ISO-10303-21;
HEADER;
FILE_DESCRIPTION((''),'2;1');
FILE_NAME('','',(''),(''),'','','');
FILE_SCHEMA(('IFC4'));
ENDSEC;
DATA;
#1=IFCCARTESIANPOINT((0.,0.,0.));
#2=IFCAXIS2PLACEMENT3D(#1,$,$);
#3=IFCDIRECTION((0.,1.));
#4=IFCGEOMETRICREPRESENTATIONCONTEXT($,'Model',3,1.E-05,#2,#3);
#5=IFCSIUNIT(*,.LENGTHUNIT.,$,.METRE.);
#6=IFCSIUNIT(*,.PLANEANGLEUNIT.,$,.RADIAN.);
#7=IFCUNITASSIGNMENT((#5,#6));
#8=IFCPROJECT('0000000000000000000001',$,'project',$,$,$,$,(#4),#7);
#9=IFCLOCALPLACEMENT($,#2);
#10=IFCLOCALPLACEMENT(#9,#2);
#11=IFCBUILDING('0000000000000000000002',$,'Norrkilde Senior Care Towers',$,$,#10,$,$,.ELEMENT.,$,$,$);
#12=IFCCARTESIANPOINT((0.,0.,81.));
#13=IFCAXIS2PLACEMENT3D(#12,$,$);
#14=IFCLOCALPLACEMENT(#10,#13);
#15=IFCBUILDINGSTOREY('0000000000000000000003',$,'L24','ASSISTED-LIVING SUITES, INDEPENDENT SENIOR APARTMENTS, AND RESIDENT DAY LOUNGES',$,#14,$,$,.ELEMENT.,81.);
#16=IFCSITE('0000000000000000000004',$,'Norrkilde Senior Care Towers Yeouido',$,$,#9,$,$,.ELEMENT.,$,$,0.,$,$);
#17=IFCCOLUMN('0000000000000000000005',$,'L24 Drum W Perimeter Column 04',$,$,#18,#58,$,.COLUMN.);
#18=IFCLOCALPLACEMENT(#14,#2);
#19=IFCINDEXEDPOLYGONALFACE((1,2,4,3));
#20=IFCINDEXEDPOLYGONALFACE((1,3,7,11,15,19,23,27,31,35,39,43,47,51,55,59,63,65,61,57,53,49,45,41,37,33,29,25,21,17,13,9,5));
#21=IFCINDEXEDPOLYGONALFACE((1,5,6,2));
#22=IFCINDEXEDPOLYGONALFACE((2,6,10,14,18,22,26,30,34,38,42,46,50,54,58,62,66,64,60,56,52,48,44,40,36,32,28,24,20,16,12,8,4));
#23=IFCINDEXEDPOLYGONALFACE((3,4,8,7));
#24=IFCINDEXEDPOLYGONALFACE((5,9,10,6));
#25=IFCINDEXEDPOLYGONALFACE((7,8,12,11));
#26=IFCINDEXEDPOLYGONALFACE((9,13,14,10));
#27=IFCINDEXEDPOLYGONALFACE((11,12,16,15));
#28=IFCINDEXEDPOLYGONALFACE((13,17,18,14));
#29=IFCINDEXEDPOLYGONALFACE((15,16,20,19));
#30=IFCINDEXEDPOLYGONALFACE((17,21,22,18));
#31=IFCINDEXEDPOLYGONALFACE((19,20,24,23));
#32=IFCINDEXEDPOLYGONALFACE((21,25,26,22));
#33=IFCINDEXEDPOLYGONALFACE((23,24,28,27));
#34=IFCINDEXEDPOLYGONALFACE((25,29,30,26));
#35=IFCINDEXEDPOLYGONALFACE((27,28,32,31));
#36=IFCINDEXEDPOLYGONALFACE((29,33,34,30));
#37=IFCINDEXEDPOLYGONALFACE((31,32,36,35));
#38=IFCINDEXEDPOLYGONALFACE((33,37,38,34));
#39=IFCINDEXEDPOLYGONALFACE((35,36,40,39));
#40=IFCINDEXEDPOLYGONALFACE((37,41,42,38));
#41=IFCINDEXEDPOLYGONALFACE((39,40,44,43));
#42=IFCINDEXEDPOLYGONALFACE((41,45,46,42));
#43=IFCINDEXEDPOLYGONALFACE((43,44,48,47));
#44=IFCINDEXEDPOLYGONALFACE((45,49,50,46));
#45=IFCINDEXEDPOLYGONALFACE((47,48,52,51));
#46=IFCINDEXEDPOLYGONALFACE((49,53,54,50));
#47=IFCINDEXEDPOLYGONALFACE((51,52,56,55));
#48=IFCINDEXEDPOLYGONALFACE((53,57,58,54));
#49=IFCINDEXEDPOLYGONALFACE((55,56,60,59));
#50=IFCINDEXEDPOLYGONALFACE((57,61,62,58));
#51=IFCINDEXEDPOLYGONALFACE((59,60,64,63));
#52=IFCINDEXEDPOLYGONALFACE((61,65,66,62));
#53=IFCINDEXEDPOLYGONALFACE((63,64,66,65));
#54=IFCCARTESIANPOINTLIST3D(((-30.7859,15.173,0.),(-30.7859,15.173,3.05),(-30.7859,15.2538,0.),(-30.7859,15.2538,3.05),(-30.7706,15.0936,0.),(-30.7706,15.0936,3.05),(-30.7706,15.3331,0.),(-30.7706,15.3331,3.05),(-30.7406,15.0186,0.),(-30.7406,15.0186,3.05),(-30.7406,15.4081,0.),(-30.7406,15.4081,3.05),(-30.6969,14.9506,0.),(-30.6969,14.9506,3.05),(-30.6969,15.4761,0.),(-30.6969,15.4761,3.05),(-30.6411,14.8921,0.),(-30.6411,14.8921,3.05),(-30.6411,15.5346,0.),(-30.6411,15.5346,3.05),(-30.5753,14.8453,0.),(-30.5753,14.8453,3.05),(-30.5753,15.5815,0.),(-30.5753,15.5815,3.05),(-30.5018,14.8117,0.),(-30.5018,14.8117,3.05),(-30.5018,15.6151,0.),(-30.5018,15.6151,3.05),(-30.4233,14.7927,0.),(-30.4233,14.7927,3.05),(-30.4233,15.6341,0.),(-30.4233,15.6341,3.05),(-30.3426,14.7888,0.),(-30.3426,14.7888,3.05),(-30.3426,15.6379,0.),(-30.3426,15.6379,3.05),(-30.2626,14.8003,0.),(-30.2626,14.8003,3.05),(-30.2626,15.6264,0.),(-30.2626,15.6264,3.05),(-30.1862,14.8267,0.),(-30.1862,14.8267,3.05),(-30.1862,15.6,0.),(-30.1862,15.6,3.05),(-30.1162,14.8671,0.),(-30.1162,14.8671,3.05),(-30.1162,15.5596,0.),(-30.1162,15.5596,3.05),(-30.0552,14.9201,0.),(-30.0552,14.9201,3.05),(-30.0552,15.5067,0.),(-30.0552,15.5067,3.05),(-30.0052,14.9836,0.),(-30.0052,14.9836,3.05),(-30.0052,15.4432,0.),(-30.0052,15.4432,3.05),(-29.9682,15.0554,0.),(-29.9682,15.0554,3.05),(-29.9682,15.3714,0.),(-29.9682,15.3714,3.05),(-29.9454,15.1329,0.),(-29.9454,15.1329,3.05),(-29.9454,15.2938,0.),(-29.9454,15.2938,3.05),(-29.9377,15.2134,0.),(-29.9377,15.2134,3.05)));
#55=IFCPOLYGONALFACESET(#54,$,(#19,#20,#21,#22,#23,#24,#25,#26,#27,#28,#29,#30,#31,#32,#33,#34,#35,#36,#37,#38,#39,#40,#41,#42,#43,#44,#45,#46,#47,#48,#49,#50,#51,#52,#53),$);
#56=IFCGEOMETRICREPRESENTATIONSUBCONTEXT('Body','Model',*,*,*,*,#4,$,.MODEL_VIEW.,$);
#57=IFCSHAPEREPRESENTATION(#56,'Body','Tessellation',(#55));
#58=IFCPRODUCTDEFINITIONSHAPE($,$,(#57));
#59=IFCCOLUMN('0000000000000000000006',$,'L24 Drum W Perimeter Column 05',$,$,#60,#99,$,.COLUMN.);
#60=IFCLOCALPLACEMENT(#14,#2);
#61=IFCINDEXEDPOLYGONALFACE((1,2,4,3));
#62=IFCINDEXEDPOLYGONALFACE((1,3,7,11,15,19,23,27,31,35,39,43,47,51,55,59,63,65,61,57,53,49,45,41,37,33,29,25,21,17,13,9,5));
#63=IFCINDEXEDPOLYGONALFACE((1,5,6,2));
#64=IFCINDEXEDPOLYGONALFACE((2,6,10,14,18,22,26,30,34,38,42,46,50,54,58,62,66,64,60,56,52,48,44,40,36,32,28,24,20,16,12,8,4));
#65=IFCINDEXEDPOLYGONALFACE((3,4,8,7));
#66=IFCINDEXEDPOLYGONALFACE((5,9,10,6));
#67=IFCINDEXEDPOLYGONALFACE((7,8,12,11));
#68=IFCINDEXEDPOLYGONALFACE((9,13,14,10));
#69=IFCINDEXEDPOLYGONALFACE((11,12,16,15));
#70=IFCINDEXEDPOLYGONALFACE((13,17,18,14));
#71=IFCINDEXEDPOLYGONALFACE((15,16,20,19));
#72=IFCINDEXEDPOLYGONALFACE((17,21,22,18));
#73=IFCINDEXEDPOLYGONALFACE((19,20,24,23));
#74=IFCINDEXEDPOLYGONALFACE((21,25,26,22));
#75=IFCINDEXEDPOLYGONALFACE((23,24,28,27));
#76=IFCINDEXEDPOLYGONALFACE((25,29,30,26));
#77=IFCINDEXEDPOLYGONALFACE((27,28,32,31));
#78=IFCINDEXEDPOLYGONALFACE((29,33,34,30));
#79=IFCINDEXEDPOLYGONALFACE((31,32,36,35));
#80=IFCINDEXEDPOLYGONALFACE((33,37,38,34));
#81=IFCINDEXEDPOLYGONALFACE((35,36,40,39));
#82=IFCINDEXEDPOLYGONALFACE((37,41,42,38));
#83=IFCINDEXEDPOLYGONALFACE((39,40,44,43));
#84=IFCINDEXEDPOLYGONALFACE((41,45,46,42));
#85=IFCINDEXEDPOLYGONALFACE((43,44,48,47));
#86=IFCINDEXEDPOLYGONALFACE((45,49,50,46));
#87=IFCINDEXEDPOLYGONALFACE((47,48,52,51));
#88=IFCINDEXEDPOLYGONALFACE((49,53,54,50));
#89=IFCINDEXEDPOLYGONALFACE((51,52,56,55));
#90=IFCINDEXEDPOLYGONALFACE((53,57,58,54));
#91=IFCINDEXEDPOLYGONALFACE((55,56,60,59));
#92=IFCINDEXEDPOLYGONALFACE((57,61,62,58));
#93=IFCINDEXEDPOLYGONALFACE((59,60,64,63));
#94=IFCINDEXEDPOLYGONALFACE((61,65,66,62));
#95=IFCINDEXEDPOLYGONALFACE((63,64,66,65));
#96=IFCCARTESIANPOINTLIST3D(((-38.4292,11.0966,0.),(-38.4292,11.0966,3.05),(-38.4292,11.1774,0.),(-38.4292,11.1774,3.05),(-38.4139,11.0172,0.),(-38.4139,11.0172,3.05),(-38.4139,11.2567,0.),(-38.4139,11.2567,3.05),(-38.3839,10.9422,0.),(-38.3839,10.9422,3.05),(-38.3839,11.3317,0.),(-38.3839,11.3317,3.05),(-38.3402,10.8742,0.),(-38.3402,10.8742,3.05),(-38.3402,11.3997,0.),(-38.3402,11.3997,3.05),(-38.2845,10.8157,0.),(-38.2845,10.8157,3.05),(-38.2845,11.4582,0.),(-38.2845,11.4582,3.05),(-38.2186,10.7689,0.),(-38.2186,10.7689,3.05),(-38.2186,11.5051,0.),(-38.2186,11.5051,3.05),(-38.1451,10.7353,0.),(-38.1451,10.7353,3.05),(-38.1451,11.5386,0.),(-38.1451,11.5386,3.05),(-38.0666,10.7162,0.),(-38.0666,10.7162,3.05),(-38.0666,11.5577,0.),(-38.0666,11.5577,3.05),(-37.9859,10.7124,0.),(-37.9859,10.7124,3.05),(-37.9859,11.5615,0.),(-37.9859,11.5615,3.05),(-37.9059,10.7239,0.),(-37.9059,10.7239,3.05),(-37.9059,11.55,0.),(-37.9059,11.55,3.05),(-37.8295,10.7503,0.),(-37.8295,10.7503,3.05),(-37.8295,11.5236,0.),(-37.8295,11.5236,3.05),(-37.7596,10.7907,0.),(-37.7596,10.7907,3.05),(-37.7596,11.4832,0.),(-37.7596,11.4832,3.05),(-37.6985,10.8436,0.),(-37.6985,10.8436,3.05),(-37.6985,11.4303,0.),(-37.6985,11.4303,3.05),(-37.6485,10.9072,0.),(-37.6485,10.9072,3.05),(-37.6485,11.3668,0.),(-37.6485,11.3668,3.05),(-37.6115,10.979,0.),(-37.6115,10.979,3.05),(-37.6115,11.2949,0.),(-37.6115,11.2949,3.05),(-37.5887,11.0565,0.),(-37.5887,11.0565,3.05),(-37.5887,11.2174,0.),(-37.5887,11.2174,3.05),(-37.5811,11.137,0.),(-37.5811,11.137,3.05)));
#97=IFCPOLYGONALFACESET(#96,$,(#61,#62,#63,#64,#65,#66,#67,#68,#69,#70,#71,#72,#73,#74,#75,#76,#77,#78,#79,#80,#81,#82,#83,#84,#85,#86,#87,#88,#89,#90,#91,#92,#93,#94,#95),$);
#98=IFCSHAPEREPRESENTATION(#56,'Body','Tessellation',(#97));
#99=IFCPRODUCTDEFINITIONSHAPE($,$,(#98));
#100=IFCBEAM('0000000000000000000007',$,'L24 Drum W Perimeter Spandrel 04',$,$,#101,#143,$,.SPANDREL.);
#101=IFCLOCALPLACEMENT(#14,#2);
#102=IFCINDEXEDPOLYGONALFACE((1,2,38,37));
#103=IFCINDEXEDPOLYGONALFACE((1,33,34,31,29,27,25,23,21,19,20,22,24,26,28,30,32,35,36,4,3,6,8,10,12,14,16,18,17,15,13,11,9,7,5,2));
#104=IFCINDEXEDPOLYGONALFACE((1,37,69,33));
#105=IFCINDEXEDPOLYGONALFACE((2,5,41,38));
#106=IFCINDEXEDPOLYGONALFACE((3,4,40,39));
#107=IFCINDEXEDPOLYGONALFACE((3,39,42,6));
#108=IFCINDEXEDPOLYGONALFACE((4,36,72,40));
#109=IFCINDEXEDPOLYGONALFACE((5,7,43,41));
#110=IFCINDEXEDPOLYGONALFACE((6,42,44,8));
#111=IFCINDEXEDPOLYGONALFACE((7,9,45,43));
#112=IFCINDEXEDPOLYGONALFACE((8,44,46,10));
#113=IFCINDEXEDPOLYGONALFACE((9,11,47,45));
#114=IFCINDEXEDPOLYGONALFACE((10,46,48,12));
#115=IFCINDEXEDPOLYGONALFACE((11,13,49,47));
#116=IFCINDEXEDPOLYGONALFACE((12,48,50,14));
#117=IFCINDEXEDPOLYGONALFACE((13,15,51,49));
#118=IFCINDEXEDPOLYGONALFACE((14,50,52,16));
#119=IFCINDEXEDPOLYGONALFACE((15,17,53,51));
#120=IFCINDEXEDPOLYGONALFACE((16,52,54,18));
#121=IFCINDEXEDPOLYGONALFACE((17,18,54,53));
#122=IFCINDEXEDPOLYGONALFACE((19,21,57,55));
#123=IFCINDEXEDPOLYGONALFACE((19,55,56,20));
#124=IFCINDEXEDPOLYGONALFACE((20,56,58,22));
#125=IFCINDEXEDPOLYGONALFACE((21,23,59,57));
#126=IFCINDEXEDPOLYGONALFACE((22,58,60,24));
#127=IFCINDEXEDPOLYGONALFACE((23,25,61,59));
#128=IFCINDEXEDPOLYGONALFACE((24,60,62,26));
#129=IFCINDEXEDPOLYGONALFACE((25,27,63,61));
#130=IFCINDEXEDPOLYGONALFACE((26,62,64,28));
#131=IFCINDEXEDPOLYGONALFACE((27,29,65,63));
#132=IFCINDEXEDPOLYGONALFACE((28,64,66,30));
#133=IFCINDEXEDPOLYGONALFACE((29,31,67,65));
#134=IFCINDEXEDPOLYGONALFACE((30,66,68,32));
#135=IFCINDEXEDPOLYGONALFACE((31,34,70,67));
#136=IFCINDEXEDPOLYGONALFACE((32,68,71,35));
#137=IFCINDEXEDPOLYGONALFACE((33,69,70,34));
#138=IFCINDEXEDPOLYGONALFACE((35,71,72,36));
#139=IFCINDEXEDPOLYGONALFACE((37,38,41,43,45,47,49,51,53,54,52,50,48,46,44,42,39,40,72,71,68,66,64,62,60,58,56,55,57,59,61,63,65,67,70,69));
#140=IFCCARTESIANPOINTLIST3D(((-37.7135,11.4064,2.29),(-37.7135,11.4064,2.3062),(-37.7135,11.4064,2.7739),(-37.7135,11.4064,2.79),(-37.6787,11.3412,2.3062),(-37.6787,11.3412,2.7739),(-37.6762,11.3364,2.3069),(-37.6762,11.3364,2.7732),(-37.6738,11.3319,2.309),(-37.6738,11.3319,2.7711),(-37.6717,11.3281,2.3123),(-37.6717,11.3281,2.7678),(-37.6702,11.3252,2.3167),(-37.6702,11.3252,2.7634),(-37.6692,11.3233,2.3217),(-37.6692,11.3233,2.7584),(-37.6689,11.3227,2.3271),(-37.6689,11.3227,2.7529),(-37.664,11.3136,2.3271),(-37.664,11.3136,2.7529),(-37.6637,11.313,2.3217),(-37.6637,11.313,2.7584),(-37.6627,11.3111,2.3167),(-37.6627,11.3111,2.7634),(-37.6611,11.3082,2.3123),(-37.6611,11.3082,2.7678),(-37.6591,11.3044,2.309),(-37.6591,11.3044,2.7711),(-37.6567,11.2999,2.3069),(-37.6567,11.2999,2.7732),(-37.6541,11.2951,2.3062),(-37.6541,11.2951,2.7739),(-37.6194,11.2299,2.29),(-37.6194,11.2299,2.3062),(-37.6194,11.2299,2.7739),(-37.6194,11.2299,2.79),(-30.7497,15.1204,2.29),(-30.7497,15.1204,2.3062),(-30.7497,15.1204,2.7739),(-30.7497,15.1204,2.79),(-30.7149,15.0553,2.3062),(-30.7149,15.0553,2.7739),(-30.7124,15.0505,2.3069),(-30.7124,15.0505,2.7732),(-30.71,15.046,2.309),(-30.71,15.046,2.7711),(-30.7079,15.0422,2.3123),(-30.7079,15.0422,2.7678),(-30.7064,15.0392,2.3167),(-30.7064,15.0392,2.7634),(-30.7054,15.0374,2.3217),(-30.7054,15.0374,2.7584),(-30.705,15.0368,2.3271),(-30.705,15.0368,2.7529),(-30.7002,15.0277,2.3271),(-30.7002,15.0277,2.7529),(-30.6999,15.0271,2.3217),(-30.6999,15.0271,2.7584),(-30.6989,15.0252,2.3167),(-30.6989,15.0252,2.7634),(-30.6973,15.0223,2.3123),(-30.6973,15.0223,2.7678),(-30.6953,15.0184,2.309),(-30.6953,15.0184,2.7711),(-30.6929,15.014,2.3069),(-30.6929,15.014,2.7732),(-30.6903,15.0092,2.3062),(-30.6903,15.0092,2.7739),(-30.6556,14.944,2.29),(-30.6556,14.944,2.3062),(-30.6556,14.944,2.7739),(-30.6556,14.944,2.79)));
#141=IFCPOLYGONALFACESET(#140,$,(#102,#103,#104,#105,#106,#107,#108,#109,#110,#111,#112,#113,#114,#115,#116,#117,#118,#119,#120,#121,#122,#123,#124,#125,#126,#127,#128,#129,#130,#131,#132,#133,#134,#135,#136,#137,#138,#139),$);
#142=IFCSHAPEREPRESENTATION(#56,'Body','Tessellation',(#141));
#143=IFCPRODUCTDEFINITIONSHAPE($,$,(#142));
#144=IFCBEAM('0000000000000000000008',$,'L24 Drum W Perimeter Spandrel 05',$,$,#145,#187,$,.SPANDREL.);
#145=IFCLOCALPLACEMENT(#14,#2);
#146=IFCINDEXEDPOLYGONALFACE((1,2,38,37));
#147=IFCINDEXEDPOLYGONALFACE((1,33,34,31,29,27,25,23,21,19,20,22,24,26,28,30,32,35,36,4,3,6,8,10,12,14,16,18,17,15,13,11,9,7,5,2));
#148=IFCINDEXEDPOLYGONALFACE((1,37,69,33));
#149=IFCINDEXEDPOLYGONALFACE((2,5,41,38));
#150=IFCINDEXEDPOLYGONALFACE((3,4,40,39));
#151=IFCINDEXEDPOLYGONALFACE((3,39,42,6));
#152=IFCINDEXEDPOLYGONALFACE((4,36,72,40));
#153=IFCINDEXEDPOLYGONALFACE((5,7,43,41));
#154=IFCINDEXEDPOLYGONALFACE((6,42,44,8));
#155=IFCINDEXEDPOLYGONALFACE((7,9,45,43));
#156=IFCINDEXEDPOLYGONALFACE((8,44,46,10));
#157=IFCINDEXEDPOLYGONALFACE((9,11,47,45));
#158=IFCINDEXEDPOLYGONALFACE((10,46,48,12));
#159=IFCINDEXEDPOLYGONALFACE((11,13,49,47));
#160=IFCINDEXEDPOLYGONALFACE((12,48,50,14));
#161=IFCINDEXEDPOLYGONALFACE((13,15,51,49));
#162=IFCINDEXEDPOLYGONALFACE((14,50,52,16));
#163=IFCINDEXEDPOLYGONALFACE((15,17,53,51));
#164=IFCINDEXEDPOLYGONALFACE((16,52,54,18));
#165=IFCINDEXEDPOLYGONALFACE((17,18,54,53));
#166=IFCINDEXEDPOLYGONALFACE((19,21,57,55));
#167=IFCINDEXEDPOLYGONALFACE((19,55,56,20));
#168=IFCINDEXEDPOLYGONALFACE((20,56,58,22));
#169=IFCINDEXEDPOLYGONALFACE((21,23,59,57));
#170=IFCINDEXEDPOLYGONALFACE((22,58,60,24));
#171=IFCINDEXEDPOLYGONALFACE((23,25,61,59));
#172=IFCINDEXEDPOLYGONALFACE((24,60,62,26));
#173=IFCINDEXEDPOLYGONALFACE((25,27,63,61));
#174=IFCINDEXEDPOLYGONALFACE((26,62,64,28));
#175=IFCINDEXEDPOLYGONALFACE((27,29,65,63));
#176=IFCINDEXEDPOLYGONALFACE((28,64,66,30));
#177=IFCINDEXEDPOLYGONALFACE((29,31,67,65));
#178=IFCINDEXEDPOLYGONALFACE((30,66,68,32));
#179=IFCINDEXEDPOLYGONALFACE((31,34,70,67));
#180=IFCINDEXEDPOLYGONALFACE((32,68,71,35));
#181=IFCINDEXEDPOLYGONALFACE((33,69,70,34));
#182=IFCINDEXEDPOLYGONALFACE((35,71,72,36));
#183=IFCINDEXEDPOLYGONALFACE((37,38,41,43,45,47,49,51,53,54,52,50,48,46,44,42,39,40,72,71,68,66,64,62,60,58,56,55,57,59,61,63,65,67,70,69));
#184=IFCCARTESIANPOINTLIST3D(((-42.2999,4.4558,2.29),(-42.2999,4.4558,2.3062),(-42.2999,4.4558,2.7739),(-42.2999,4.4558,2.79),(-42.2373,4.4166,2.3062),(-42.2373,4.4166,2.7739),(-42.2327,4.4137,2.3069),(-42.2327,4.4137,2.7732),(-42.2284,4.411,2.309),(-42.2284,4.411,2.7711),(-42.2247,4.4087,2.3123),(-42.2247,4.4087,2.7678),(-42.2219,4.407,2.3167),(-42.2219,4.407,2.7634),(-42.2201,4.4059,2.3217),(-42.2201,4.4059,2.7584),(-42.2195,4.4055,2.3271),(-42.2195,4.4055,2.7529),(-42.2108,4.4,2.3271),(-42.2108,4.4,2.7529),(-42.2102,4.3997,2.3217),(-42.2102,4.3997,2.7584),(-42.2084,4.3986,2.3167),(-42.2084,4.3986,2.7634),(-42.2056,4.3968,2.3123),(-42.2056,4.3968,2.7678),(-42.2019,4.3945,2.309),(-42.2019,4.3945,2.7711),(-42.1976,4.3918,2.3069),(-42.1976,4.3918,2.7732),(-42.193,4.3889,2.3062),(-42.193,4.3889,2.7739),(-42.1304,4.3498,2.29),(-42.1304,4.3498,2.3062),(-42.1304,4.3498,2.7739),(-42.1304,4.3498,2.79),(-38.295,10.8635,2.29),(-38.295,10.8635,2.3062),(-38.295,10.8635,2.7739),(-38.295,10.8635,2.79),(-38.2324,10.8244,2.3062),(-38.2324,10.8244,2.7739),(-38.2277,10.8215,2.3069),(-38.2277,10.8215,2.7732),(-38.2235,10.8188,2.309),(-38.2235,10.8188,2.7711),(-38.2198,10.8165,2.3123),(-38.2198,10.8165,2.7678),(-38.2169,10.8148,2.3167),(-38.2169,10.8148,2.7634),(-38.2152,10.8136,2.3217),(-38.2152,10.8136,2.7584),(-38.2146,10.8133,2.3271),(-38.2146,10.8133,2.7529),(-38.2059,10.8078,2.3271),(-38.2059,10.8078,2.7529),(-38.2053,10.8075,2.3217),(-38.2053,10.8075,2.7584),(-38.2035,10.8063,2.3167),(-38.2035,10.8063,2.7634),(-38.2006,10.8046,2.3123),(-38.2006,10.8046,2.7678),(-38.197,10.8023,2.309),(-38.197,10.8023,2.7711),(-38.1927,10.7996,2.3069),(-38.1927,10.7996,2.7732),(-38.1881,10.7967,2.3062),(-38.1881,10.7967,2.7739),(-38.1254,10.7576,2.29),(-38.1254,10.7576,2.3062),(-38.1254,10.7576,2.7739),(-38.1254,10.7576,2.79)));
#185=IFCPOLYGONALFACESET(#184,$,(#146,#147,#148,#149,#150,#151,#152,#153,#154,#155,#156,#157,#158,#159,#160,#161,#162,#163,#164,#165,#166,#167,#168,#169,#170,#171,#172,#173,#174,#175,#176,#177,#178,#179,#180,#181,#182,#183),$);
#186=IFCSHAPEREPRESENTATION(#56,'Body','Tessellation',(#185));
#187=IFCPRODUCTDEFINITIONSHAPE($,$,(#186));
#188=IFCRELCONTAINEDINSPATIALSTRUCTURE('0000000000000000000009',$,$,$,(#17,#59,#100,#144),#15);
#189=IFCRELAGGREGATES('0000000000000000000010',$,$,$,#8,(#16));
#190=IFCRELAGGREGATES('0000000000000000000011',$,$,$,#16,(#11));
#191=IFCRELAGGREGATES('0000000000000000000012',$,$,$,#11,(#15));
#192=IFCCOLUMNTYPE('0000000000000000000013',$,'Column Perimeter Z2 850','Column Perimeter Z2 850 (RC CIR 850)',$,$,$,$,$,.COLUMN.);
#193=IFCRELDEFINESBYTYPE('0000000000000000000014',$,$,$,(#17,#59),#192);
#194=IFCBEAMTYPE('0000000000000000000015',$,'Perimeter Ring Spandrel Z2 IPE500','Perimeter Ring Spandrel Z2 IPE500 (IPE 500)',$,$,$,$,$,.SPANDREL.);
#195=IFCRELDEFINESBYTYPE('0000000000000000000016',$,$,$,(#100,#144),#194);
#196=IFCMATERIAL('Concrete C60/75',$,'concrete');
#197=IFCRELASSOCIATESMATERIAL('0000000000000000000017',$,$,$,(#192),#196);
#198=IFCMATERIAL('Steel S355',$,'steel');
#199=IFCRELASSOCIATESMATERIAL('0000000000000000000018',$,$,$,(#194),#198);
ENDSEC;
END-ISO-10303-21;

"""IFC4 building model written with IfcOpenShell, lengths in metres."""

from ifc_helpers import new_model, si_unit, direction, frame, origin, origin_2d, place, context, subcontext, project, spatial, circle, i_section, extrude, source, transform, mapped, material, material_profile, profile_set, type_object, type_shapes, element, save


model = new_model("IFC4")

# Units and contexts
model_context = context("Model", 3, precision=1e-05, world=origin(), true_north=direction((0.0, 1.0)))
body_context = subcontext(model_context, "Body", "Model", "MODEL_VIEW")
ifc_project = project(units=[si_unit("LENGTHUNIT", "METRE"), si_unit("PLANEANGLEUNIT", "RADIAN")], contexts=[model_context])

# Site, building, storey
site_placement = place(None, origin())
site = spatial("IfcSite", under=ifc_project, at=site_placement, Name="Norrkilde Senior Care Towers Yeouido", CompositionType="ELEMENT", RefElevation=0.0)
building_placement = place(site_placement, origin())
building = spatial("IfcBuilding", under=site, at=building_placement, Name="Norrkilde Senior Care Towers", CompositionType="ELEMENT")
storey_placement = place(building_placement, frame((0.0, 0.0, 81.0)))
storey = spatial("IfcBuildingStorey", under=building, at=storey_placement, Name="L24", Description="ASSISTED-LIVING SUITES, INDEPENDENT SENIOR APARTMENTS, AND RESIDENT DAY LOUNGES", CompositionType="ELEMENT", Elevation=81.0)

# Columns
ifc_material_1 = material(Name="Concrete C60/75", Category="concrete")
ifc_material_profile_1 = material_profile(ifc_material_1, circle(Radius=0.425, at=origin_2d()), Name="RC CIR 850")
ifc_profile_set_1 = profile_set([ifc_material_profile_1], Name="Concrete C60/75")
column_type = type_object("IfcColumnType", Name="Column Perimeter Z2 850", Description="Column Perimeter Z2 850 (RC CIR 850)", PredefinedType="COLUMN", material=ifc_profile_set_1)
shared_shape_1 = source(origin(), body_context, "Body", "SweptSolid", [
    extrude(circle(Radius=0.425, at=origin_2d()), origin(), (0.0, 0.0, 1.0), 3.05),
])
type_shapes(column_type, [shared_shape_1])
for number, where, z_axis, x_axis, name in (
    (1, (-30.3628, 15.2134, 0.0), (0.0, 0.0, 1.0), (1.0, 0.0, 0.0), "L24 Drum W Perimeter Column 04"),
    (2, (-38.0061, 11.137, 0.0), (0.0, 0.0, 1.0), (1.0, 0.0, 0.0), "L24 Drum W Perimeter Column 05"),
):
    element("IfcColumn", number, at=place(storey_placement, frame(where, z_axis=z_axis, x_axis=x_axis)), inside=storey, type_object=column_type, Name=name, PredefinedType="COLUMN", context=body_context, shape_type="MappedRepresentation", body=[
        mapped(shared_shape_1, transform((0.0, 0.0, 0.0), x_axis=(1.0, 0.0, 0.0), y_axis=(0.0, 1.0, 0.0), z_axis=(0.0, 0.0, 1.0), scale=1.0)),
    ])

# Beams
ifc_material_2 = material(Name="Steel S355", Category="steel")
ifc_material_profile_2 = material_profile(ifc_material_2, i_section(OverallWidth=0.2, OverallDepth=0.5, WebThickness=0.0103, FlangeThickness=0.0161, FilletRadius=0.021, at=origin_2d()), Name="IPE 500")
ifc_profile_set_2 = profile_set([ifc_material_profile_2], Name="Steel S355")
beam_type_1 = type_object("IfcBeamType", Name="Perimeter Ring Spandrel Z2 IPE500", Description="Perimeter Ring Spandrel Z2 IPE500 (IPE 500)", PredefinedType="SPANDREL", material=ifc_profile_set_2)
shared_shape_2 = source(origin(), body_context, "Body", "SweptSolid", [
    extrude(i_section(OverallWidth=0.2, OverallDepth=0.5, WebThickness=0.0103, FlangeThickness=0.0161, FilletRadius=0.021, at=origin_2d()), origin(), (0.0, 0.0, 1.0), 7.8923),
])
beam_1_placement = place(storey_placement, frame((-30.7026, 15.0322, 2.54), z_axis=(-0.88235, -0.470593, 0.0), x_axis=(0.470593, -0.88235, 0.0)))
element("IfcBeam", 3, at=beam_1_placement, inside=storey, type_object=beam_type_1, Name="L24 Drum W Perimeter Spandrel 04", PredefinedType="SPANDREL", context=body_context, shape_type="MappedRepresentation", body=[
    mapped(shared_shape_2, transform((0.0, 0.0, 0.0), x_axis=(1.0, 0.0, 0.0), y_axis=(0.0, 1.0, 0.0), z_axis=(0.0, 0.0, 1.0), scale=1.0)),
])
shared_shape_3 = source(origin(), body_context, "Body", "SweptSolid", [
    extrude(i_section(OverallWidth=0.2, OverallDepth=0.5, WebThickness=0.0103, FlangeThickness=0.0161, FilletRadius=0.021, at=origin_2d()), origin(), (0.0, 0.0, 1.0), 7.5564),
])
type_shapes(beam_type_1, [shared_shape_2, shared_shape_3])
beam_2_placement = place(storey_placement, frame((-38.2102, 10.8105, 2.54), z_axis=(-0.530005, -0.847995, 0.0), x_axis=(0.847995, -0.530005, 0.0)))
element("IfcBeam", 4, at=beam_2_placement, inside=storey, type_object=beam_type_1, Name="L24 Drum W Perimeter Spandrel 05", PredefinedType="SPANDREL", context=body_context, shape_type="MappedRepresentation", body=[
    mapped(shared_shape_3, transform((0.0, 0.0, 0.0), x_axis=(1.0, 0.0, 0.0), y_axis=(0.0, 1.0, 0.0), z_axis=(0.0, 0.0, 1.0), scale=1.0)),
])

save(model, "model.ifc")
